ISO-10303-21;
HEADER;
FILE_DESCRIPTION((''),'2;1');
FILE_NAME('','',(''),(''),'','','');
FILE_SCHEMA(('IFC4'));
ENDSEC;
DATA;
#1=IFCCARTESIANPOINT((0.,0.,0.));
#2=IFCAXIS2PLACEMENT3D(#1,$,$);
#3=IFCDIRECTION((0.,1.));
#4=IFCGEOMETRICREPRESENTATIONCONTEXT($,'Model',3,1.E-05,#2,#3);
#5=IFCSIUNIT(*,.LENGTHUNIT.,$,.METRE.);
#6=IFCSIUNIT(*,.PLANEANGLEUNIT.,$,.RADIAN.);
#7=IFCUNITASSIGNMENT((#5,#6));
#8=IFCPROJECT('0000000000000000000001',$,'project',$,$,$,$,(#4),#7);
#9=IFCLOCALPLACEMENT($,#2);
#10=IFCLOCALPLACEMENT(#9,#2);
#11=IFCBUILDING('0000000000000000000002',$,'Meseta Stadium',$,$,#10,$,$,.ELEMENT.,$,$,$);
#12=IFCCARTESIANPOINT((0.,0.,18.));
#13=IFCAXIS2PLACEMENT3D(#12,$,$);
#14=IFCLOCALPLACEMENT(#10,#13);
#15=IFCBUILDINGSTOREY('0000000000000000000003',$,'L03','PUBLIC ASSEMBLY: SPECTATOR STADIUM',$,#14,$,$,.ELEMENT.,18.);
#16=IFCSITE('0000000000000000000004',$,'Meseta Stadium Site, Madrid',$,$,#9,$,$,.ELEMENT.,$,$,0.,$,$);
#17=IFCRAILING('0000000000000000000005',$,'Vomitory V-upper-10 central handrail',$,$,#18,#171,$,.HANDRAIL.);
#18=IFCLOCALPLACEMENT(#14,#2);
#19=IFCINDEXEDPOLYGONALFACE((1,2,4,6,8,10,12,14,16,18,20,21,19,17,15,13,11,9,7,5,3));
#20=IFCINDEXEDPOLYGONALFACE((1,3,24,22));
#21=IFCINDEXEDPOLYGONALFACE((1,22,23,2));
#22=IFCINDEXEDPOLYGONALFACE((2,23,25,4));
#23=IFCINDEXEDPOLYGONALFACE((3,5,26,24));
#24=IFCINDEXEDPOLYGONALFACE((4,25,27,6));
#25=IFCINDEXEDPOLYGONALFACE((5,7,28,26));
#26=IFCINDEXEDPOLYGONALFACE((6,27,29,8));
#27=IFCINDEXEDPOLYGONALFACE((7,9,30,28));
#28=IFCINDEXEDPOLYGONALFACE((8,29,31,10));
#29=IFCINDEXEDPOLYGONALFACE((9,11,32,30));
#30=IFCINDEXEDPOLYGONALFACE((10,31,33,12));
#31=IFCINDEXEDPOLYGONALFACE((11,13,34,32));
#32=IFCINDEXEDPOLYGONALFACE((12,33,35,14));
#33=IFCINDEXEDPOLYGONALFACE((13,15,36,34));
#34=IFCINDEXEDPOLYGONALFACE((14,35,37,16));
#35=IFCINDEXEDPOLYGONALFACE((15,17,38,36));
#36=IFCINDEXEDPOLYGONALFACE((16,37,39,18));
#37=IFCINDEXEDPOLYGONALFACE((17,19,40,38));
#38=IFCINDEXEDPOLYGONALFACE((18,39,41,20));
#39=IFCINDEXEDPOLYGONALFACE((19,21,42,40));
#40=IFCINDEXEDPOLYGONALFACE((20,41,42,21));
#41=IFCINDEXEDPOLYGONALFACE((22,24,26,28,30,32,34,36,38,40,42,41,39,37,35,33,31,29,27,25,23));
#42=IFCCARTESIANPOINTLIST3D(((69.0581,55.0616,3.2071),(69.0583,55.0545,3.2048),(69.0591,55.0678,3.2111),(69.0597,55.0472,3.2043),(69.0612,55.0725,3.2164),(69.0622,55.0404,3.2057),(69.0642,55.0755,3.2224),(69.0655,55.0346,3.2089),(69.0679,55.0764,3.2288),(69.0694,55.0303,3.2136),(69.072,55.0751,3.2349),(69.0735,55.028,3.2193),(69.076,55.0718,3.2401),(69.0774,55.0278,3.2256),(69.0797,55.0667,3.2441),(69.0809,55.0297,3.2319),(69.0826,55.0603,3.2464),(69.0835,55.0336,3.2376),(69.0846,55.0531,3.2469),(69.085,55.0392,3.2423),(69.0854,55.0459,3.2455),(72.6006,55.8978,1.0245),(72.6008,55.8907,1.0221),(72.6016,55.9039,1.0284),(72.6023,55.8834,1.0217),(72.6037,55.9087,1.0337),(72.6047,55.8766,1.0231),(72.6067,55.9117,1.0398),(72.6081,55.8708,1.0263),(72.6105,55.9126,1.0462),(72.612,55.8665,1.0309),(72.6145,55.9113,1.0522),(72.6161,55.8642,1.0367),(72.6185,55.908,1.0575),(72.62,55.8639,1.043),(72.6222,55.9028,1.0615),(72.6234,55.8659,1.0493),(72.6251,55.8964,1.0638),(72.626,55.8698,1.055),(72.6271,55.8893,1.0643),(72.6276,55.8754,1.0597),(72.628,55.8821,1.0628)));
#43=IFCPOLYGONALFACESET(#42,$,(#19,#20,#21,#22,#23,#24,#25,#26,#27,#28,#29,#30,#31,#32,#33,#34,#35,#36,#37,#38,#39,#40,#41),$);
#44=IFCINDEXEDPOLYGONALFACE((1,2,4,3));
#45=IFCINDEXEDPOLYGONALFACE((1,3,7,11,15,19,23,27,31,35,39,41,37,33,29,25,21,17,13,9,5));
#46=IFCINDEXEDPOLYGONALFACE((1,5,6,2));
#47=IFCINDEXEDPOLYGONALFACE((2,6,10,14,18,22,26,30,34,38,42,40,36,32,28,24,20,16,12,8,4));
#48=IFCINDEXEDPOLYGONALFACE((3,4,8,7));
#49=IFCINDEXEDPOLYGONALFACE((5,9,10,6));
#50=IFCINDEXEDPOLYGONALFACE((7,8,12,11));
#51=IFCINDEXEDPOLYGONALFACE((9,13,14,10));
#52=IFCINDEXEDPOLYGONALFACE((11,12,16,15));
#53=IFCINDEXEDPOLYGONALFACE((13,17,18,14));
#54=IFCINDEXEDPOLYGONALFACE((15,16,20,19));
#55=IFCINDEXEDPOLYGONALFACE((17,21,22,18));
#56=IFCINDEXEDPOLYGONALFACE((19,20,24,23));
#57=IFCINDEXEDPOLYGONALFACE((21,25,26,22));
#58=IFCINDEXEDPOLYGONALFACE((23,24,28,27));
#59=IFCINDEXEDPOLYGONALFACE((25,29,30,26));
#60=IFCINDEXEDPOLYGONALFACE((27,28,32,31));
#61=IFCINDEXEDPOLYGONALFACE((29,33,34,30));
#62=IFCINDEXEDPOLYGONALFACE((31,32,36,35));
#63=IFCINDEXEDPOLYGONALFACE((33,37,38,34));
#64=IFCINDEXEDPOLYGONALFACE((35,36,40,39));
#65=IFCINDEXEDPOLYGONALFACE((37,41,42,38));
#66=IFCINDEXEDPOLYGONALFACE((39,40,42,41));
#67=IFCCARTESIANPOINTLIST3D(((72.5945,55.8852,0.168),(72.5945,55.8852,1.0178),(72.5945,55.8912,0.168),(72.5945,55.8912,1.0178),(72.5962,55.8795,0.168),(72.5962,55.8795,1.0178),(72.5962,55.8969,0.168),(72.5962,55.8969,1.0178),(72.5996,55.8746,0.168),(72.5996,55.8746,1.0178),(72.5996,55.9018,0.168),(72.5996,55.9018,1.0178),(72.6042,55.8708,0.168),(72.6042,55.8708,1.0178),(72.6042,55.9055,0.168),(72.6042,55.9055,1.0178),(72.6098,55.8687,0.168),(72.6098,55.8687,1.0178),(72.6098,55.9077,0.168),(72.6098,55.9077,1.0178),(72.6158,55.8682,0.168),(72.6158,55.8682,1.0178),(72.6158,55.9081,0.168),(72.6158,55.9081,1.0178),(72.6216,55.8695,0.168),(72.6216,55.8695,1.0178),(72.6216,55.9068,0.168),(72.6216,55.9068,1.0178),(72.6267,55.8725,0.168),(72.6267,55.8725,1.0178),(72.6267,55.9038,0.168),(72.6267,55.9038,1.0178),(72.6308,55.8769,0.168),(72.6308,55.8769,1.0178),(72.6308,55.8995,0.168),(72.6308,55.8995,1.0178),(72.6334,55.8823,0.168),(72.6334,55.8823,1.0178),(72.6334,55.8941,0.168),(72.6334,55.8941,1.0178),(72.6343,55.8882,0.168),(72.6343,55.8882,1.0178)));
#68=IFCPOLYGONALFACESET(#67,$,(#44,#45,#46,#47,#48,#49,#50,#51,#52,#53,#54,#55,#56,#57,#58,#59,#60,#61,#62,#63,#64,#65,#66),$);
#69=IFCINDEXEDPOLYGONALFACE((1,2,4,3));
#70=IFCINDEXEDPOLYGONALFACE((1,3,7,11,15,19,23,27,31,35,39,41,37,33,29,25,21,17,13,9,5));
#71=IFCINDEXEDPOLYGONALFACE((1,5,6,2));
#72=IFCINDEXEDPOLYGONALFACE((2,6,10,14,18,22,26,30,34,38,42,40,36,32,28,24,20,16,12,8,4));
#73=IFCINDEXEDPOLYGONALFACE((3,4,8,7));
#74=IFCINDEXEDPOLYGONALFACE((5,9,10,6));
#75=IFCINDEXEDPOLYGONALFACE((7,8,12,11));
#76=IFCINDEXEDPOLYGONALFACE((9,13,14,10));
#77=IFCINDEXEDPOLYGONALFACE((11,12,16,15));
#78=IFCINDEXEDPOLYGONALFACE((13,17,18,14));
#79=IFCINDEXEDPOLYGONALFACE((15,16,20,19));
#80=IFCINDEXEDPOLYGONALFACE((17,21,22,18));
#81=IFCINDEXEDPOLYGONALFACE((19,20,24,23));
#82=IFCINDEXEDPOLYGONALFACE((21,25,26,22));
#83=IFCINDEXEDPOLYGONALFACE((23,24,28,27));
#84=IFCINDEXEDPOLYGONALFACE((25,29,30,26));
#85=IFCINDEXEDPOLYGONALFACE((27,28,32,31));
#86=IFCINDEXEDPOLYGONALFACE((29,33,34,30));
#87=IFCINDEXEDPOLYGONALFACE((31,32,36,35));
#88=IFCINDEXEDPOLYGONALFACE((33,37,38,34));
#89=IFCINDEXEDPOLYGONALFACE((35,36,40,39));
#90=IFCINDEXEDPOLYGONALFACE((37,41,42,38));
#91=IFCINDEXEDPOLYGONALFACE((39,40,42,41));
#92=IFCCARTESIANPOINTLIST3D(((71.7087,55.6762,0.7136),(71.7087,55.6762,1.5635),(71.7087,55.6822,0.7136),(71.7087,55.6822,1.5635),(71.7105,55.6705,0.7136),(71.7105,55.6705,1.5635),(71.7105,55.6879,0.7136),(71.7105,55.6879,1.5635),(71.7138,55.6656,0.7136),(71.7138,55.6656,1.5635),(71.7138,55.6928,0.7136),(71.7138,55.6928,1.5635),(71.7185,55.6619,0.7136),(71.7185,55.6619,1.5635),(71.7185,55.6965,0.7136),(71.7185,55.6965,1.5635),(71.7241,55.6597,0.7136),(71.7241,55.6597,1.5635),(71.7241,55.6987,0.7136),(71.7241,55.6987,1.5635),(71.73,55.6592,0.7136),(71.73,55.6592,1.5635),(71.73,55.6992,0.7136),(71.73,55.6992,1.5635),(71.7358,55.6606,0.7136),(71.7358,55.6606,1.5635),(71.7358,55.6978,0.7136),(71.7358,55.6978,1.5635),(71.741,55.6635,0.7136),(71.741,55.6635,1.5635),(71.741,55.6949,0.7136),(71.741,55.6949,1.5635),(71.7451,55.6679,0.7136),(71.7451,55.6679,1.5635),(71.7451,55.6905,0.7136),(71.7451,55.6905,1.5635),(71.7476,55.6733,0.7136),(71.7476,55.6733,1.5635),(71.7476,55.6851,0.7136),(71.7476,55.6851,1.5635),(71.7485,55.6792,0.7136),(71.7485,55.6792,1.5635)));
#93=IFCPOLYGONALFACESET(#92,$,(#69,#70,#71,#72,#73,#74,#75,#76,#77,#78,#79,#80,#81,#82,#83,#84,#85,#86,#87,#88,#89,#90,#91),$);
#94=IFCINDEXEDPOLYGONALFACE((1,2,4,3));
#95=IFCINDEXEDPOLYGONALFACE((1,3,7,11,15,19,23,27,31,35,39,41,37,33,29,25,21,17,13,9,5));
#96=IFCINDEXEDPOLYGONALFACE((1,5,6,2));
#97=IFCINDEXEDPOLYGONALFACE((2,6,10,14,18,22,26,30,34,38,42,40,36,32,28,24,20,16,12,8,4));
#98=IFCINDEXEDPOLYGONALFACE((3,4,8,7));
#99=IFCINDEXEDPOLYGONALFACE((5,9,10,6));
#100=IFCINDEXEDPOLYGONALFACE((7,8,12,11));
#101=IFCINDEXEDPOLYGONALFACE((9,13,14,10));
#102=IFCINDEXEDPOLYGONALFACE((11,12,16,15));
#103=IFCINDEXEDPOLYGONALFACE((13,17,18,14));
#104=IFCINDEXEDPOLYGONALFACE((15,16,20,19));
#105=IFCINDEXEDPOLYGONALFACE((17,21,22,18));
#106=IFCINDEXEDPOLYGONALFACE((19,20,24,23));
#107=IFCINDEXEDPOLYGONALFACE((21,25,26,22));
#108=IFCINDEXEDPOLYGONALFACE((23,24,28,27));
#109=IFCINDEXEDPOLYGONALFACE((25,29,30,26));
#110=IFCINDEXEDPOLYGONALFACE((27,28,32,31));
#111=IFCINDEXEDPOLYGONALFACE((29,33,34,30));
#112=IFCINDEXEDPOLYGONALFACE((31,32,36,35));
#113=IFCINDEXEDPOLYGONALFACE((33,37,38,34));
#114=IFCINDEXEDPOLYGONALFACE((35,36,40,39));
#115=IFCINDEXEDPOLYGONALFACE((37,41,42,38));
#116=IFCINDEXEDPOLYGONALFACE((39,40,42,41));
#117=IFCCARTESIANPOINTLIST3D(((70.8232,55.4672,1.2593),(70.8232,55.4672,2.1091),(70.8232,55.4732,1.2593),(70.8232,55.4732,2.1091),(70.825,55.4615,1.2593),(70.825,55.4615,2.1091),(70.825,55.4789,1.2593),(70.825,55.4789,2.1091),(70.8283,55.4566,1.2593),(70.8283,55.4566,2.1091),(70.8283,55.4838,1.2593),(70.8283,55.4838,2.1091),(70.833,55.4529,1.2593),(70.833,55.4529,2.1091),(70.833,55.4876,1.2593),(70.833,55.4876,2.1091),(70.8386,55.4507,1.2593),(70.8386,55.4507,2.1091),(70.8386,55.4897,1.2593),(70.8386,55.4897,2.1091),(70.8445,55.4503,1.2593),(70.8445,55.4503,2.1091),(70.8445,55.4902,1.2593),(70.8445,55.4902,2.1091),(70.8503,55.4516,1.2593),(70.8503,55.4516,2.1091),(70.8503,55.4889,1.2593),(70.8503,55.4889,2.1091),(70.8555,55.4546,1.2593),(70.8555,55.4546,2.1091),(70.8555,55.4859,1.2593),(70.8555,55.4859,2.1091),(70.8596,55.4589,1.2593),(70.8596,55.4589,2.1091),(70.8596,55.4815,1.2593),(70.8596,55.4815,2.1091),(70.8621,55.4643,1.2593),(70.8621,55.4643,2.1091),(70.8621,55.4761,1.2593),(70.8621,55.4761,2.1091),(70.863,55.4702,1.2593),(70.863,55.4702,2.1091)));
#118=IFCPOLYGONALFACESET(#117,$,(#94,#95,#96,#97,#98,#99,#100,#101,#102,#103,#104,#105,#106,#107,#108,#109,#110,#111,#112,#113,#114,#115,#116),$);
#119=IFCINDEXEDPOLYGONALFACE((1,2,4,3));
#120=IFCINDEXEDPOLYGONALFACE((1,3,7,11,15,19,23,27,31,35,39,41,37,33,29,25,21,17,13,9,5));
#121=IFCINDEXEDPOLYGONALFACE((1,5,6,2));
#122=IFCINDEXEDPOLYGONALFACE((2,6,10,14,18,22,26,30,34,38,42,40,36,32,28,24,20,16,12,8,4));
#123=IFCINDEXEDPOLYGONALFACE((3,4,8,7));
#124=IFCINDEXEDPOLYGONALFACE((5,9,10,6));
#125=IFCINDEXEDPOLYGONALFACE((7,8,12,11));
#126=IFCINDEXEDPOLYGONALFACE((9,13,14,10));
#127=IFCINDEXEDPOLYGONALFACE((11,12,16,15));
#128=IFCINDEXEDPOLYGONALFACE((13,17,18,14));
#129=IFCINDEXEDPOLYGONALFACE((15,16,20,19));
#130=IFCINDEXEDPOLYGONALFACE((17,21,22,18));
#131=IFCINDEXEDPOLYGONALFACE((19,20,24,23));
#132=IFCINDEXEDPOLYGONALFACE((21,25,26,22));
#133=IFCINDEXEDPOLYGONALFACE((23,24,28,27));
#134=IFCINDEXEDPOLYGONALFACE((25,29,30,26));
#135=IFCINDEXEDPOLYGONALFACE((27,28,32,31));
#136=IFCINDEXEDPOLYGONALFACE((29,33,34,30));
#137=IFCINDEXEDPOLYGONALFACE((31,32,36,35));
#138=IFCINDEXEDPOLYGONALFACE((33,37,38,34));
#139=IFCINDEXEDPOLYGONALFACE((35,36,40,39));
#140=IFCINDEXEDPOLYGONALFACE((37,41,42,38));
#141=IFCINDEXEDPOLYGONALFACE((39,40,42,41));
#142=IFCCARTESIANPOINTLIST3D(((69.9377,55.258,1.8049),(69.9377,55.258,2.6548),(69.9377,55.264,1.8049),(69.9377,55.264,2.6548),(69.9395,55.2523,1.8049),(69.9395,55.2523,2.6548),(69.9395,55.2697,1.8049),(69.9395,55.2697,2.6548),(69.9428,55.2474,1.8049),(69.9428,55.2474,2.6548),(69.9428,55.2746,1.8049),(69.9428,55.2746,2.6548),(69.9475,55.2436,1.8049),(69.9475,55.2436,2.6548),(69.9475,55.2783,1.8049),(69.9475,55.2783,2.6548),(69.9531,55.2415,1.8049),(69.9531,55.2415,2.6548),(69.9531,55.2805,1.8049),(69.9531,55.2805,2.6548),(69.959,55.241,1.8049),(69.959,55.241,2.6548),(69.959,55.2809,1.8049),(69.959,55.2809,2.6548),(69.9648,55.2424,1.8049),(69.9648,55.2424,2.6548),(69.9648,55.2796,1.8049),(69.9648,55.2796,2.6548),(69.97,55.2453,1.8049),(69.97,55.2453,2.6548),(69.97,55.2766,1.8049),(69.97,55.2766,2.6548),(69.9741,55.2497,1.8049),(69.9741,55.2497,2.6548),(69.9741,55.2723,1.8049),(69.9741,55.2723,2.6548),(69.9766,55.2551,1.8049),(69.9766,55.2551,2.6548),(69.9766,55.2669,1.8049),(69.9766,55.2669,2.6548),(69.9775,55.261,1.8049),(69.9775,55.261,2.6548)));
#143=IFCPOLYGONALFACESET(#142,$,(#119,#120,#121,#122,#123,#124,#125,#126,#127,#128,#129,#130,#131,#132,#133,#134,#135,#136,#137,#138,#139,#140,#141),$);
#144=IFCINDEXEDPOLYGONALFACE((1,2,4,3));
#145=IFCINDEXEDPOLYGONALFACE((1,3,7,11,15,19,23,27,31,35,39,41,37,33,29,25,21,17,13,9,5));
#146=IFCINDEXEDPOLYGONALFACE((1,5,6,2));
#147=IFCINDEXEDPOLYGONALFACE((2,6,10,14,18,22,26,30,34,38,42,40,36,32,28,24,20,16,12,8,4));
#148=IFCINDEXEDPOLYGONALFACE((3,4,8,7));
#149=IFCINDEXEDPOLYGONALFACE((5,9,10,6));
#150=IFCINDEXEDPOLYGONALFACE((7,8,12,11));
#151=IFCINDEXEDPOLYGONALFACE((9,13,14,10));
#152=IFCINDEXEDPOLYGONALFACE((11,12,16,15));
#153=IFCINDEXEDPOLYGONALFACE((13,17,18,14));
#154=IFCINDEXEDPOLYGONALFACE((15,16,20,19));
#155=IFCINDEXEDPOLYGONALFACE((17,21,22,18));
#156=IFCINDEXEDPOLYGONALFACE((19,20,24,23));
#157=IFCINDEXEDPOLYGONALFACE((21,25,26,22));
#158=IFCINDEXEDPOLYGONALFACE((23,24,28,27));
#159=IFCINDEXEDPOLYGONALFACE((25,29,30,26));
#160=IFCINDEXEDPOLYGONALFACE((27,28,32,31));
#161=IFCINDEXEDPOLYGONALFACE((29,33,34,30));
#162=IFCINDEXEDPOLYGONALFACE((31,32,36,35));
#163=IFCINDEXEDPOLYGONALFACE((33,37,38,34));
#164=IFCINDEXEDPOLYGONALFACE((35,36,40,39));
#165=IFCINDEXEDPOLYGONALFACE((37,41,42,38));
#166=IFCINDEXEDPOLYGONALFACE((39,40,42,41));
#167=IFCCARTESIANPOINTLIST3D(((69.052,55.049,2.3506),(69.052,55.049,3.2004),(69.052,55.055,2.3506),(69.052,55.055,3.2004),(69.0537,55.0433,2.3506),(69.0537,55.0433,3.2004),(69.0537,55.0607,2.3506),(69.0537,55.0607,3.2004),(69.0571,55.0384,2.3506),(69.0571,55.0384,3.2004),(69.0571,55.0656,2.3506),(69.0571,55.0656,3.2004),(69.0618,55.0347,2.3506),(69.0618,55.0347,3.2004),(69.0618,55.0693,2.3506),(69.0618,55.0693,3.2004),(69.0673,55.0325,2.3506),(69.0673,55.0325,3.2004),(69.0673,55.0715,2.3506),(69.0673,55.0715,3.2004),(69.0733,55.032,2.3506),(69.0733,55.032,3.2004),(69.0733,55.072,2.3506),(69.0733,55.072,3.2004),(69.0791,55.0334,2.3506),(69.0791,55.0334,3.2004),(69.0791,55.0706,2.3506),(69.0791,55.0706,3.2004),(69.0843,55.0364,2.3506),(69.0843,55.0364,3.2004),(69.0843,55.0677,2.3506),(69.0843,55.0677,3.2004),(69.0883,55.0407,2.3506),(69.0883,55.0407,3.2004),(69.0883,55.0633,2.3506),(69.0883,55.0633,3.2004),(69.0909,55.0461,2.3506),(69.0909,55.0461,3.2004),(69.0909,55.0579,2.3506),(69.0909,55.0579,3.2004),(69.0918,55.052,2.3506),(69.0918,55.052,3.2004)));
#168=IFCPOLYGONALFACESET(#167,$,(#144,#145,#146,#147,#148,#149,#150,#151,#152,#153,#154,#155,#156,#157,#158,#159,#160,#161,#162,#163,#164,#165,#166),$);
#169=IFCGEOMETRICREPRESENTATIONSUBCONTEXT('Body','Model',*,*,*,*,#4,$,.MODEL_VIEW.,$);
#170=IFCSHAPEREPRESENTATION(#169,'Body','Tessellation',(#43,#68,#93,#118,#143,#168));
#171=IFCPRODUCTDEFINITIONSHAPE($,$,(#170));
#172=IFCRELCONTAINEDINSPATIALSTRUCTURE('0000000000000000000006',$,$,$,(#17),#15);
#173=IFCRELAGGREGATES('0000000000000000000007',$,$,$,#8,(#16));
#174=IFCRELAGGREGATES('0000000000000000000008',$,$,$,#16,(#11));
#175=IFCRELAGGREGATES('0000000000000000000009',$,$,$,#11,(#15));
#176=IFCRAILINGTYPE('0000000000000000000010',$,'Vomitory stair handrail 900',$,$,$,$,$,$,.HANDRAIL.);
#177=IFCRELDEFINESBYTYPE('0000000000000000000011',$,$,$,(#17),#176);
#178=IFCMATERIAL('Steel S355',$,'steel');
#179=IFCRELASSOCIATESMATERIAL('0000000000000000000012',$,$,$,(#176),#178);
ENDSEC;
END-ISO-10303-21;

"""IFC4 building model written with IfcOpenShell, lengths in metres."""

from ifc_helpers import new_model, si_unit, direction, frame, origin, origin_2d, place, context, subcontext, project, spatial, circle, extrude, material, type_object, element, save


model = new_model("IFC4")

# Units and contexts
model_context = context("Model", 3, precision=1e-05, world=origin(), true_north=direction((0.0, 1.0)))
body_context = subcontext(model_context, "Body", "Model", "MODEL_VIEW")
ifc_project = project(units=[si_unit("LENGTHUNIT", "METRE"), si_unit("PLANEANGLEUNIT", "RADIAN")], contexts=[model_context])

# Site, building, storey
site_placement = place(None, origin())
site = spatial("IfcSite", under=ifc_project, at=site_placement, Name="Meseta Stadium Site, Madrid", CompositionType="ELEMENT", RefElevation=0.0)
building_placement = place(site_placement, origin())
building = spatial("IfcBuilding", under=site, at=building_placement, Name="Meseta Stadium", CompositionType="ELEMENT")
storey_placement = place(building_placement, frame((0.0, 0.0, 18.0)))
storey = spatial("IfcBuildingStorey", under=building, at=storey_placement, Name="L03", Description="PUBLIC ASSEMBLY: SPECTATOR STADIUM", CompositionType="ELEMENT", Elevation=18.0)

# Railing
ifc_material_1 = material(Name="Steel S355", Category="steel")
railing_type_1 = type_object("IfcRailingType", Name="Vomitory stair handrail 900", PredefinedType="HANDRAIL", material=ifc_material_1)
railing_1_placement = place(storey_placement, frame((72.6143, 55.8882, 0.168)))
element("IfcRailing", 1, at=railing_1_placement, inside=storey, type_object=railing_type_1, Name="Vomitory V-upper-10 central handrail", PredefinedType="HANDRAIL", context=body_context, shape_type="SweptSolid", body=[
    extrude(circle(Radius=0.0249, at=origin_2d()), frame((0.0, 0.0, 0.875), z_axis=(-0.834688, -0.197023, 0.514274), x_axis=(0.229731, -0.973254, 0.0)), (0.0, 0.0, 1.0), 4.2441),
    extrude(circle(Radius=0.02, at=origin_2d()), origin(), (0.0, 0.0, 1.0), 0.8499),
    extrude(circle(Radius=0.02, at=origin_2d()), frame((-0.8857, -0.209, 0.5457)), (0.0, 0.0, 1.0), 0.8499),
    extrude(circle(Radius=0.02, at=origin_2d()), frame((-1.7712, -0.418, 1.0913)), (0.0, 0.0, 1.0), 0.8499),
    extrude(circle(Radius=0.02, at=origin_2d()), frame((-2.6567, -0.6272, 1.637)), (0.0, 0.0, 1.0), 0.8499),
    extrude(circle(Radius=0.02, at=origin_2d()), frame((-3.5425, -0.8362, 2.1826)), (0.0, 0.0, 1.0), 0.8499),
])

save(model, "model.ifc")
